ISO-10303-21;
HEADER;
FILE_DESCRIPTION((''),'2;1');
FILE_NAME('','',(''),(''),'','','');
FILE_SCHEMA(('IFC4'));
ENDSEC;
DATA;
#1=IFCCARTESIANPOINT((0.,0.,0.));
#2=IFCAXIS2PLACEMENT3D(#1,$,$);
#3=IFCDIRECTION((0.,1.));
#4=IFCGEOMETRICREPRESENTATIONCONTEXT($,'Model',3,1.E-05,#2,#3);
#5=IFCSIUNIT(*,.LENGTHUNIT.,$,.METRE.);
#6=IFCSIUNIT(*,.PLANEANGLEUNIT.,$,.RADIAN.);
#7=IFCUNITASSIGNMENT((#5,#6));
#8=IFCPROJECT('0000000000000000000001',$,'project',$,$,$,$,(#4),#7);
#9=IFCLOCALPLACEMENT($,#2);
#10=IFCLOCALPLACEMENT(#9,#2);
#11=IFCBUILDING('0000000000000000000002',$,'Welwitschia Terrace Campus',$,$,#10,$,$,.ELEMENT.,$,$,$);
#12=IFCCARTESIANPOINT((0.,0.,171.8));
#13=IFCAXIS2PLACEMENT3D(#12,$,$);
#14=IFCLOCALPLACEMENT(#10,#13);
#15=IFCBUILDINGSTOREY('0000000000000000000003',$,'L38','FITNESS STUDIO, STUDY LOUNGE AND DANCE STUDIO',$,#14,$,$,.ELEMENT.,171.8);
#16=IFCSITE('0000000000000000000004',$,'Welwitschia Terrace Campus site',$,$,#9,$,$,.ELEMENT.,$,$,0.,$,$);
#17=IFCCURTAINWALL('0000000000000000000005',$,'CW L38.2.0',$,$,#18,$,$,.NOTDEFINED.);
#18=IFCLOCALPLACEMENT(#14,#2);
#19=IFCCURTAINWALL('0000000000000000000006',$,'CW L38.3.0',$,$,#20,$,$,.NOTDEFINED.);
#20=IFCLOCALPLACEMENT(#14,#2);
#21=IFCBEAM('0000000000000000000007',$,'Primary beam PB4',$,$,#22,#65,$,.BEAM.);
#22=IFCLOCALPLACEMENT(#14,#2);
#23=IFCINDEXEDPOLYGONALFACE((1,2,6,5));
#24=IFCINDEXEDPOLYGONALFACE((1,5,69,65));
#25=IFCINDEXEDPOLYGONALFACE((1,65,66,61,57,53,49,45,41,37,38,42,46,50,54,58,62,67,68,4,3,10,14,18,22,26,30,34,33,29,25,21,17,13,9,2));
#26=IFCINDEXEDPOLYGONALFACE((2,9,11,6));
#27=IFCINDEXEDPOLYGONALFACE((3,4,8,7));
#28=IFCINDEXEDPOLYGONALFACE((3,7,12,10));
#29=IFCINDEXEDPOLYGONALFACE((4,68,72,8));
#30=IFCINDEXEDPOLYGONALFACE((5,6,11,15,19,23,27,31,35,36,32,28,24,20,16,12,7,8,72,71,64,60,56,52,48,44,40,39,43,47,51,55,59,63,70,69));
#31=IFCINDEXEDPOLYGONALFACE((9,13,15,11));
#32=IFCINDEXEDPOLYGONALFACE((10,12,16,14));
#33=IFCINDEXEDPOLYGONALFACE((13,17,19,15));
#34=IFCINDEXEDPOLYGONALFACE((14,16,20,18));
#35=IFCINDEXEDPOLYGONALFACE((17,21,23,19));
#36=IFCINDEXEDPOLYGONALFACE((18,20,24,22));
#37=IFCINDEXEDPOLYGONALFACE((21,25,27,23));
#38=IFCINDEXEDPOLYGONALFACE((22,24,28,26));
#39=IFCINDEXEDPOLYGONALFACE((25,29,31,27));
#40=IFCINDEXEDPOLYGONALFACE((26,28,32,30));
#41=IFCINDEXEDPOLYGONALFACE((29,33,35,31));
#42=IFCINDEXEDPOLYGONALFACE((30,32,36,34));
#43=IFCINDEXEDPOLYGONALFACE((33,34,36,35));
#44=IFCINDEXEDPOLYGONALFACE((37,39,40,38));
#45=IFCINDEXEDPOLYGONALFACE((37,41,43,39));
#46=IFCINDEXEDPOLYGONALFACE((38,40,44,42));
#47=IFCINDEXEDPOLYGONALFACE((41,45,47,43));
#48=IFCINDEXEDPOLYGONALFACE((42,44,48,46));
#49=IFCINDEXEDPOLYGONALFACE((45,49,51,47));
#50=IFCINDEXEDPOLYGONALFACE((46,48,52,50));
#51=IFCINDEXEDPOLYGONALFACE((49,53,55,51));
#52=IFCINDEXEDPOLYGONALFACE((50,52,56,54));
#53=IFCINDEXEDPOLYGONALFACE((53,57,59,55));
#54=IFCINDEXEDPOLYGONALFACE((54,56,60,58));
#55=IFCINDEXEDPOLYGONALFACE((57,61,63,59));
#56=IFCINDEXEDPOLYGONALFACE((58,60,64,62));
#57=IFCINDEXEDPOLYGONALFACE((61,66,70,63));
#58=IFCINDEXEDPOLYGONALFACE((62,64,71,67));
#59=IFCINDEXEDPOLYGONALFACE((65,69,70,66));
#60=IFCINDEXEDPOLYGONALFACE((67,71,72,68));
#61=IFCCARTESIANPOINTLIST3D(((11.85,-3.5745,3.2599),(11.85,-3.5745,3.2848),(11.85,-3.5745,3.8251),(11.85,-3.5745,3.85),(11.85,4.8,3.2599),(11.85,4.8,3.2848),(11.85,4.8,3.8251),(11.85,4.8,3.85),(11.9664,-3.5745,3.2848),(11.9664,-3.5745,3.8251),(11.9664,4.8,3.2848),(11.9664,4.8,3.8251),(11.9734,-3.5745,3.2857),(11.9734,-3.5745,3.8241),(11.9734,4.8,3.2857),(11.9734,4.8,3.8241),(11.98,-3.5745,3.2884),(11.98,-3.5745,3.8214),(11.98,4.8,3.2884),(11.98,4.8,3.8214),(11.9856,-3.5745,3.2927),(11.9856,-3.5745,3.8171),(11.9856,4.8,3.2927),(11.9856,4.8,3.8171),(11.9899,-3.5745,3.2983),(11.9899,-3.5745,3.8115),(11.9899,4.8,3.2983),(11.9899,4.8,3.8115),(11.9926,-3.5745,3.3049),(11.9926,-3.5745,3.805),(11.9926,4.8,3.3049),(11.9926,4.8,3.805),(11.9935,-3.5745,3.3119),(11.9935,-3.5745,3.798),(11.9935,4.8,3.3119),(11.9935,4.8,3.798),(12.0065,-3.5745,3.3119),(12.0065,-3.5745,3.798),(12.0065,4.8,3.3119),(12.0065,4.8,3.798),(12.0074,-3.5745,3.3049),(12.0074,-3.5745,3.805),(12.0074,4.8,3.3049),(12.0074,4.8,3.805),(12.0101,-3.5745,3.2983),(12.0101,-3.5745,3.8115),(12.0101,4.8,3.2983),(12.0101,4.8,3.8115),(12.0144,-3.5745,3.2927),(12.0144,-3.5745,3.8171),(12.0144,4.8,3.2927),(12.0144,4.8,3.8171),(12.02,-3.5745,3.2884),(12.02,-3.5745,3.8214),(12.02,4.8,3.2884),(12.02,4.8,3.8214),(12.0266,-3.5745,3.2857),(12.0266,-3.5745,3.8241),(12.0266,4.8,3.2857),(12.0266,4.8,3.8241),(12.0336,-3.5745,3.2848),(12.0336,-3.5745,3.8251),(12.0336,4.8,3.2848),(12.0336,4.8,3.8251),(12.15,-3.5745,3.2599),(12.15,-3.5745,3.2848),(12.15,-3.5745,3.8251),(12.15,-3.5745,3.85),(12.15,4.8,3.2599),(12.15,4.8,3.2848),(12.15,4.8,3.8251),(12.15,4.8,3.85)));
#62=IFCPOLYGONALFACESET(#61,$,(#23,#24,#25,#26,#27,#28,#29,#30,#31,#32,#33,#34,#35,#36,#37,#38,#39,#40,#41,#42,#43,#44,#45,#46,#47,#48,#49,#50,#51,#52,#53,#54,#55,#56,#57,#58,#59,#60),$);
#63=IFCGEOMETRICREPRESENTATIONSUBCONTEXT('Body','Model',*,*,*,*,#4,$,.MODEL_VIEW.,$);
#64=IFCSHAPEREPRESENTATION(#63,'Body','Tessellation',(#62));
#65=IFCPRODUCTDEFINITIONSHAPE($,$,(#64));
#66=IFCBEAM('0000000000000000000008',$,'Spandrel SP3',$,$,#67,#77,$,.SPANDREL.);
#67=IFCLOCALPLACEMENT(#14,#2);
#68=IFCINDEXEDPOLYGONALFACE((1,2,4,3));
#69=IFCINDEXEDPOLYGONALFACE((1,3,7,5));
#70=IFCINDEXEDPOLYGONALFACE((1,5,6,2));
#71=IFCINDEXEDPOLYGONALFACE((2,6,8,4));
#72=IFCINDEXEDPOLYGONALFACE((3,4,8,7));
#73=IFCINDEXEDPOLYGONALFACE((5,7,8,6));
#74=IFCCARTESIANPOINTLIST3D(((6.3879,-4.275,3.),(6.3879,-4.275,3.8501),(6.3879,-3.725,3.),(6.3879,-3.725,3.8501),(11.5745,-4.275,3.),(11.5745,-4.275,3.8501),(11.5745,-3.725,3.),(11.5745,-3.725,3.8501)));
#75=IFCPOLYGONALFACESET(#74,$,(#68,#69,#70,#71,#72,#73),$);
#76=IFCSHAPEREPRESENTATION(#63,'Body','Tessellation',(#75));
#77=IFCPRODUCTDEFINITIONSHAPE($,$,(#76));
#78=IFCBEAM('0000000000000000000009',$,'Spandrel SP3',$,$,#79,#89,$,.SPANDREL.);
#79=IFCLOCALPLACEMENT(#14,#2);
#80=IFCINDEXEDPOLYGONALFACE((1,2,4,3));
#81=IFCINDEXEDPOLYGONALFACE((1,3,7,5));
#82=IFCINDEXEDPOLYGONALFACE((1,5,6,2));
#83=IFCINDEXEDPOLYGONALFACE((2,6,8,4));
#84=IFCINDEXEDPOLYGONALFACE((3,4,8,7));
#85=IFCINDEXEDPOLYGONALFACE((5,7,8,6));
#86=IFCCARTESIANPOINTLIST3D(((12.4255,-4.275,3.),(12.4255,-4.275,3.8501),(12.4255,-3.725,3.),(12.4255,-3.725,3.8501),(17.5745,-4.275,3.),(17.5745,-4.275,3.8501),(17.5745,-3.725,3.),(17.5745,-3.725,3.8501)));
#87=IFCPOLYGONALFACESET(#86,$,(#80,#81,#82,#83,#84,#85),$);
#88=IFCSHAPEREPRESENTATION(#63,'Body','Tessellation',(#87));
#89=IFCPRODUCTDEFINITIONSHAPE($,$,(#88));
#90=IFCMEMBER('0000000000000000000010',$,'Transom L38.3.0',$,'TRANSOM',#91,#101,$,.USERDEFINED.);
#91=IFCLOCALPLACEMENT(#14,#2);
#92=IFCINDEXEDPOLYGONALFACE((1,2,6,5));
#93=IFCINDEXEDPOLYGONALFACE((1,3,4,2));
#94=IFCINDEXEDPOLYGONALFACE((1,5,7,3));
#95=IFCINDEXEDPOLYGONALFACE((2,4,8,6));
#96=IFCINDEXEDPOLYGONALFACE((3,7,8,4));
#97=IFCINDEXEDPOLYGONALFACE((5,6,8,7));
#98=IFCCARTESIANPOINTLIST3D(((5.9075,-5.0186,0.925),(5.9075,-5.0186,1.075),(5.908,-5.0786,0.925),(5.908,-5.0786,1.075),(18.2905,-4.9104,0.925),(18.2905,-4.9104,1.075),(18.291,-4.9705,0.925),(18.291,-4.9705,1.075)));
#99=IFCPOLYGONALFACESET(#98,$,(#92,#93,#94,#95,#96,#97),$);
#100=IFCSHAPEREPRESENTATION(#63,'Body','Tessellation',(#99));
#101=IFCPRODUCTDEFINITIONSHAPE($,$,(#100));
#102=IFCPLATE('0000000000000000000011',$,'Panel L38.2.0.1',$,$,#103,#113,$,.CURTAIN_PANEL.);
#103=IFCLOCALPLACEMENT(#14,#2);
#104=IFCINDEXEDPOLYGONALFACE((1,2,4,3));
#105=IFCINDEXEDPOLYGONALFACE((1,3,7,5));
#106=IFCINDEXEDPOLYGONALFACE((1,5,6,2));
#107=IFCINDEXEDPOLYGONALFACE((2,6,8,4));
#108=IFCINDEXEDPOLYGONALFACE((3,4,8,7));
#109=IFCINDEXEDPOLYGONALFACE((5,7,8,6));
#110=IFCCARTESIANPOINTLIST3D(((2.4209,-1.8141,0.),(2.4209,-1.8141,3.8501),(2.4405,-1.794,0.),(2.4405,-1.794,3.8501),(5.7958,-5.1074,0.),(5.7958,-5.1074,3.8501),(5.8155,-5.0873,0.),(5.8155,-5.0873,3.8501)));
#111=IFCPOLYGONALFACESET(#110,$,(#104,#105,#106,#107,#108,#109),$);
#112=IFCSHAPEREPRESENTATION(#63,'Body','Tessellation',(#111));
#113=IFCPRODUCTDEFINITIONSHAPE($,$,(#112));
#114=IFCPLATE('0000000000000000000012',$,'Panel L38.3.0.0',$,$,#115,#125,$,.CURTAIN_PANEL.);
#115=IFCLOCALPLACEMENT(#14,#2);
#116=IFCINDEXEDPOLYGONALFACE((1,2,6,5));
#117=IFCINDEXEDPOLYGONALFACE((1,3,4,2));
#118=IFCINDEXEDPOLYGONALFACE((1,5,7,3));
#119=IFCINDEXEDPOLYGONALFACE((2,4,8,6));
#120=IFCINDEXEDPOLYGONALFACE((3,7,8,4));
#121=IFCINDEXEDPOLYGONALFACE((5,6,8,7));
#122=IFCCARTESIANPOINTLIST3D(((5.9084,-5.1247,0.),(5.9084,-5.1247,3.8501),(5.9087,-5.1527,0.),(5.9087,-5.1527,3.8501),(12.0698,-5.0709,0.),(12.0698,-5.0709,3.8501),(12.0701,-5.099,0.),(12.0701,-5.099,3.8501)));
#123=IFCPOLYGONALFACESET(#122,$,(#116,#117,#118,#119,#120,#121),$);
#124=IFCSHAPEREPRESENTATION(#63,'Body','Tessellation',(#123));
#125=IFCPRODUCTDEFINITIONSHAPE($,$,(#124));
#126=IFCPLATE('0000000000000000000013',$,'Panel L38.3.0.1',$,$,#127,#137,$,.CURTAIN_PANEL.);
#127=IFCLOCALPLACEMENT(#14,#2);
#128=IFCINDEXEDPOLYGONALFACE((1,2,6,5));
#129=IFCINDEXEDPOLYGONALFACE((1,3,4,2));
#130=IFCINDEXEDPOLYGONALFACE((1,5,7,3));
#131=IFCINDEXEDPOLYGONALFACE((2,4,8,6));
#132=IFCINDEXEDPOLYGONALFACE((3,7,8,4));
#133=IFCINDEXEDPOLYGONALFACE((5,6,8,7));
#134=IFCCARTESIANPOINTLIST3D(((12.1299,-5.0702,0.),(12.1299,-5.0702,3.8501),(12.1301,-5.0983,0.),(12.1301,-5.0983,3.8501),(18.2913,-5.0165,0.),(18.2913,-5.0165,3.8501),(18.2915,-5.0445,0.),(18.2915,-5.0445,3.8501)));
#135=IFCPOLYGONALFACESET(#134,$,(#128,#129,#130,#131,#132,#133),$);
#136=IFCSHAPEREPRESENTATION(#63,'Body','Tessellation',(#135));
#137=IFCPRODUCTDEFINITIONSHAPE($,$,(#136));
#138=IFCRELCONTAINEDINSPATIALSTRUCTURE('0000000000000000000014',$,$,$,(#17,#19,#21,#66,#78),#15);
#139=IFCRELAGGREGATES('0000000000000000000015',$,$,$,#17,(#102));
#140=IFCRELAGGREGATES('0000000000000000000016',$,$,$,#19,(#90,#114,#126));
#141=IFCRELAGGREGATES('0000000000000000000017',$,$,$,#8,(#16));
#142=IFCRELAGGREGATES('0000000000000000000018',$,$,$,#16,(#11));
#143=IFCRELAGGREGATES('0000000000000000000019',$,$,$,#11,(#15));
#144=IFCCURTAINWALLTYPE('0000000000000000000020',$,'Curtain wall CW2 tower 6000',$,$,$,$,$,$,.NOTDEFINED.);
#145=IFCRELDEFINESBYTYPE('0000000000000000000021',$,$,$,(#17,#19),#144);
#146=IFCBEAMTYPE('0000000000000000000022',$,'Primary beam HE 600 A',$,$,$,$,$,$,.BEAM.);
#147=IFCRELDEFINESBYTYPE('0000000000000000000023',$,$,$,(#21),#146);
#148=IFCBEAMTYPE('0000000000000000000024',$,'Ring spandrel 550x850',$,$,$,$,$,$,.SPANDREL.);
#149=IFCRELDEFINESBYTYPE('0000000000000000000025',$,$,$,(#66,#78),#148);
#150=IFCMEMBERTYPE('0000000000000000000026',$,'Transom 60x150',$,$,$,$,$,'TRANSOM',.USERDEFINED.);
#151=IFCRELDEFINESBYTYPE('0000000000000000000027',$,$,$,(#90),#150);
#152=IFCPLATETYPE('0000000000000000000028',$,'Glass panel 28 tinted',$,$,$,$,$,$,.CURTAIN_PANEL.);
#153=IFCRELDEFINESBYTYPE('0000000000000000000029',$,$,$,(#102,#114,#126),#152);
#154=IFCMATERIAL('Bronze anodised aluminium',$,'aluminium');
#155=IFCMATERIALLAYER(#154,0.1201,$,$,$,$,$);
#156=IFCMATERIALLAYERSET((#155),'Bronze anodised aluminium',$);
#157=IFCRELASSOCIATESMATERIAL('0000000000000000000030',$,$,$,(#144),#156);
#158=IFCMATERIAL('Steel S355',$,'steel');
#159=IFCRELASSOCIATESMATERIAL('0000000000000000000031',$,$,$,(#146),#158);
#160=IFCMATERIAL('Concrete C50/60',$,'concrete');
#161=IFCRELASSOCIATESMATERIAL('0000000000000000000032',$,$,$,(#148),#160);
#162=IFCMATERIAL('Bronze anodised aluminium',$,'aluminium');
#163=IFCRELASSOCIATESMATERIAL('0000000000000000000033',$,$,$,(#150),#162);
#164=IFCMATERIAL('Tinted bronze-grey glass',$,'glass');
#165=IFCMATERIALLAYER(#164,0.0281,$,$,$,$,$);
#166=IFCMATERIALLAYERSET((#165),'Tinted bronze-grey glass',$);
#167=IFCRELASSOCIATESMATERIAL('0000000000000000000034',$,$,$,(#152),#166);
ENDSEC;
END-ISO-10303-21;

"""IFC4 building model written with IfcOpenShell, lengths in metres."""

from ifc_helpers import new_model, si_unit, direction, frame, origin, origin_2d, place, context, subcontext, project, spatial, rectangle, i_section, extrude, material, layer, layer_set, material_profile, profile_set, type_object, element, aggregate, save


model = new_model("IFC4")

# Units and contexts
model_context = context("Model", 3, precision=1e-05, world=origin(), true_north=direction((0.0, 1.0)))
body_context = subcontext(model_context, "Body", "Model", "MODEL_VIEW")
ifc_project = project(units=[si_unit("LENGTHUNIT", "METRE"), si_unit("PLANEANGLEUNIT", "RADIAN")], contexts=[model_context])

# Site, building, storey
site_placement = place(None, origin())
site = spatial("IfcSite", under=ifc_project, at=site_placement, Name="Welwitschia Terrace Campus site", CompositionType="ELEMENT", RefElevation=0.0)
building_placement = place(site_placement, origin())
building = spatial("IfcBuilding", under=site, at=building_placement, Name="Welwitschia Terrace Campus", CompositionType="ELEMENT")
storey_placement = place(building_placement, frame((0.0, 0.0, 171.8)))
storey = spatial("IfcBuildingStorey", under=building, at=storey_placement, Name="L38", Description="FITNESS STUDIO, STUDY LOUNGE AND DANCE STUDIO", CompositionType="ELEMENT", Elevation=171.8)

# Curtain wall
ifc_material_1 = material(Name="Bronze anodised aluminium", Category="aluminium")
ifc_layer_1 = layer(ifc_material_1, 0.1201)
ifc_layer_set_1 = layer_set([ifc_layer_1], Name="Bronze anodised aluminium")
curtain_wall_type = type_object("IfcCurtainWallType", Name="Curtain wall CW2 tower 6000", PredefinedType="NOTDEFINED", material=ifc_layer_set_1)
curtain_wall_1_placement = place(storey_placement, origin())
curtain_wall_1 = element("IfcCurtainWall", 1, at=curtain_wall_1_placement, inside=storey, type_object=curtain_wall_type, Name="CW L38.2.0", PredefinedType="NOTDEFINED")

# Curtain wall
curtain_wall_2_placement = place(storey_placement, origin())
curtain_wall_2 = element("IfcCurtainWall", 2, at=curtain_wall_2_placement, inside=storey, type_object=curtain_wall_type, Name="CW L38.3.0", PredefinedType="NOTDEFINED")

# Beams
ifc_material_2 = material(Name="Steel S355", Category="steel")
ifc_material_profile_1 = material_profile(ifc_material_2, i_section(OverallWidth=0.3, OverallDepth=0.5901, WebThickness=0.0129, FlangeThickness=0.0249, FilletRadius=0.0271, at=origin_2d()))
ifc_profile_set_1 = profile_set([ifc_material_profile_1], Name="Steel S355")
beam_type_1 = type_object("IfcBeamType", Name="Primary beam HE 600 A", PredefinedType="BEAM", material=ifc_profile_set_1)
beam_1_placement = place(storey_placement, frame((12.0, -3.5745, 3.5549), z_axis=(0.0, 1.0, 0.0), x_axis=(-1.0, 0.0, 0.0)))
element("IfcBeam", 3, at=beam_1_placement, inside=storey, type_object=beam_type_1, Name="Primary beam PB4", PredefinedType="BEAM", context=body_context, shape_type="SweptSolid", body=[
    extrude(i_section(OverallWidth=0.3, OverallDepth=0.5901, WebThickness=0.0129, FlangeThickness=0.0249, FilletRadius=0.0271, at=origin_2d()), origin(), (0.0, 0.0, 1.0), 8.3745),
])
ifc_material_3 = material(Name="Concrete C50/60", Category="concrete")
ifc_material_profile_2 = material_profile(ifc_material_3, rectangle(XDim=0.55, YDim=0.8501, at=origin_2d()))
ifc_profile_set_2 = profile_set([ifc_material_profile_2], Name="Concrete C50/60")
beam_type_2 = type_object("IfcBeamType", Name="Ring spandrel 550x850", PredefinedType="SPANDREL", material=ifc_profile_set_2)
beam_2_placement = place(storey_placement, frame((6.3879, -4.0, 3.425), z_axis=(1.0, 0.0, 0.0), x_axis=(0.0, 1.0, 0.0)))
element("IfcBeam", 4, at=beam_2_placement, inside=storey, type_object=beam_type_2, Name="Spandrel SP3", PredefinedType="SPANDREL", context=body_context, shape_type="SweptSolid", body=[
    extrude(rectangle(XDim=0.55, YDim=0.8501, at=origin_2d()), origin(), (0.0, 0.0, 1.0), 5.1865),
])
beam_3_placement = place(storey_placement, frame((12.4255, -4.0, 3.425), z_axis=(1.0, 0.0, 0.0), x_axis=(0.0, 1.0, 0.0)))
element("IfcBeam", 5, at=beam_3_placement, inside=storey, type_object=beam_type_2, Name="Spandrel SP3", PredefinedType="SPANDREL", context=body_context, shape_type="SweptSolid", body=[
    extrude(rectangle(XDim=0.55, YDim=0.8501, at=origin_2d()), origin(), (0.0, 0.0, 1.0), 5.1489),
])

# Member
ifc_material_4 = material(Name="Bronze anodised aluminium", Category="aluminium")
ifc_material_profile_3 = material_profile(ifc_material_4, rectangle(XDim=0.0601, YDim=0.1499, at=origin_2d()))
ifc_profile_set_3 = profile_set([ifc_material_profile_3], Name="Bronze anodised aluminium")
member_type_1 = type_object("IfcMemberType", Name="Transom 60x150", ElementType="TRANSOM", PredefinedType="USERDEFINED", material=ifc_profile_set_3)
member_1_placement = place(storey_placement, frame((5.9077, -5.0486, 1.0), z_axis=(0.999962, 0.008734, 0.0), x_axis=(-0.008734, 0.999962, 0.0)))
member_1 = element("IfcMember", 6, at=member_1_placement, type_object=member_type_1, Name="Transom L38.3.0", ObjectType="TRANSOM", PredefinedType="USERDEFINED", context=body_context, shape_type="SweptSolid", body=[
    extrude(rectangle(XDim=0.0601, YDim=0.1499, at=origin_2d()), origin(), (0.0, 0.0, 1.0), 12.3835),
])

# Plates
ifc_material_5 = material(Name="Tinted bronze-grey glass", Category="glass")
ifc_layer_2 = layer(ifc_material_5, 0.0281)
ifc_layer_set_2 = layer_set([ifc_layer_2], Name="Tinted bronze-grey glass")
plate_type = type_object("IfcPlateType", Name="Glass panel 28 tinted", PredefinedType="CURTAIN_PANEL", material=ifc_layer_set_2)
plate_1_placement = place(storey_placement, frame((4.1182, -3.4507, 0.0), z_axis=(0.0, 0.0, 1.0), x_axis=(0.715708, -0.698399, 0.0)))
plate_1 = element("IfcPlate", 7, at=plate_1_placement, type_object=plate_type, Name="Panel L38.2.0.1", PredefinedType="CURTAIN_PANEL", context=body_context, shape_type="SweptSolid", body=[
    extrude(rectangle(XDim=4.7156, YDim=0.0281, at=origin_2d()), origin(), (0.0, 0.0, 1.0), 3.8501),
])
aggregate(curtain_wall_1, [plate_1])
plate_2_placement = place(storey_placement, frame((8.9893, -5.1118, 0.0), z_axis=(0.0, 0.0, 1.0), x_axis=(0.999962, 0.008727, 0.0)))
plate_2 = element("IfcPlate", 8, at=plate_2_placement, type_object=plate_type, Name="Panel L38.3.0.0", PredefinedType="CURTAIN_PANEL", context=body_context, shape_type="SweptSolid", body=[
    extrude(rectangle(XDim=6.1616, YDim=0.0281, at=origin_2d()), origin(), (0.0, 0.0, 1.0), 3.8501),
])
plate_3_placement = place(storey_placement, frame((15.2107, -5.0574, 0.0), z_axis=(0.0, 0.0, 1.0), x_axis=(0.999962, 0.008727, 0.0)))
plate_3 = element("IfcPlate", 9, at=plate_3_placement, type_object=plate_type, Name="Panel L38.3.0.1", PredefinedType="CURTAIN_PANEL", context=body_context, shape_type="SweptSolid", body=[
    extrude(rectangle(XDim=6.1616, YDim=0.0281, at=origin_2d()), origin(), (0.0, 0.0, 1.0), 3.8501),
])
aggregate(curtain_wall_2, [member_1, plate_2, plate_3])

save(model, "model.ifc")
